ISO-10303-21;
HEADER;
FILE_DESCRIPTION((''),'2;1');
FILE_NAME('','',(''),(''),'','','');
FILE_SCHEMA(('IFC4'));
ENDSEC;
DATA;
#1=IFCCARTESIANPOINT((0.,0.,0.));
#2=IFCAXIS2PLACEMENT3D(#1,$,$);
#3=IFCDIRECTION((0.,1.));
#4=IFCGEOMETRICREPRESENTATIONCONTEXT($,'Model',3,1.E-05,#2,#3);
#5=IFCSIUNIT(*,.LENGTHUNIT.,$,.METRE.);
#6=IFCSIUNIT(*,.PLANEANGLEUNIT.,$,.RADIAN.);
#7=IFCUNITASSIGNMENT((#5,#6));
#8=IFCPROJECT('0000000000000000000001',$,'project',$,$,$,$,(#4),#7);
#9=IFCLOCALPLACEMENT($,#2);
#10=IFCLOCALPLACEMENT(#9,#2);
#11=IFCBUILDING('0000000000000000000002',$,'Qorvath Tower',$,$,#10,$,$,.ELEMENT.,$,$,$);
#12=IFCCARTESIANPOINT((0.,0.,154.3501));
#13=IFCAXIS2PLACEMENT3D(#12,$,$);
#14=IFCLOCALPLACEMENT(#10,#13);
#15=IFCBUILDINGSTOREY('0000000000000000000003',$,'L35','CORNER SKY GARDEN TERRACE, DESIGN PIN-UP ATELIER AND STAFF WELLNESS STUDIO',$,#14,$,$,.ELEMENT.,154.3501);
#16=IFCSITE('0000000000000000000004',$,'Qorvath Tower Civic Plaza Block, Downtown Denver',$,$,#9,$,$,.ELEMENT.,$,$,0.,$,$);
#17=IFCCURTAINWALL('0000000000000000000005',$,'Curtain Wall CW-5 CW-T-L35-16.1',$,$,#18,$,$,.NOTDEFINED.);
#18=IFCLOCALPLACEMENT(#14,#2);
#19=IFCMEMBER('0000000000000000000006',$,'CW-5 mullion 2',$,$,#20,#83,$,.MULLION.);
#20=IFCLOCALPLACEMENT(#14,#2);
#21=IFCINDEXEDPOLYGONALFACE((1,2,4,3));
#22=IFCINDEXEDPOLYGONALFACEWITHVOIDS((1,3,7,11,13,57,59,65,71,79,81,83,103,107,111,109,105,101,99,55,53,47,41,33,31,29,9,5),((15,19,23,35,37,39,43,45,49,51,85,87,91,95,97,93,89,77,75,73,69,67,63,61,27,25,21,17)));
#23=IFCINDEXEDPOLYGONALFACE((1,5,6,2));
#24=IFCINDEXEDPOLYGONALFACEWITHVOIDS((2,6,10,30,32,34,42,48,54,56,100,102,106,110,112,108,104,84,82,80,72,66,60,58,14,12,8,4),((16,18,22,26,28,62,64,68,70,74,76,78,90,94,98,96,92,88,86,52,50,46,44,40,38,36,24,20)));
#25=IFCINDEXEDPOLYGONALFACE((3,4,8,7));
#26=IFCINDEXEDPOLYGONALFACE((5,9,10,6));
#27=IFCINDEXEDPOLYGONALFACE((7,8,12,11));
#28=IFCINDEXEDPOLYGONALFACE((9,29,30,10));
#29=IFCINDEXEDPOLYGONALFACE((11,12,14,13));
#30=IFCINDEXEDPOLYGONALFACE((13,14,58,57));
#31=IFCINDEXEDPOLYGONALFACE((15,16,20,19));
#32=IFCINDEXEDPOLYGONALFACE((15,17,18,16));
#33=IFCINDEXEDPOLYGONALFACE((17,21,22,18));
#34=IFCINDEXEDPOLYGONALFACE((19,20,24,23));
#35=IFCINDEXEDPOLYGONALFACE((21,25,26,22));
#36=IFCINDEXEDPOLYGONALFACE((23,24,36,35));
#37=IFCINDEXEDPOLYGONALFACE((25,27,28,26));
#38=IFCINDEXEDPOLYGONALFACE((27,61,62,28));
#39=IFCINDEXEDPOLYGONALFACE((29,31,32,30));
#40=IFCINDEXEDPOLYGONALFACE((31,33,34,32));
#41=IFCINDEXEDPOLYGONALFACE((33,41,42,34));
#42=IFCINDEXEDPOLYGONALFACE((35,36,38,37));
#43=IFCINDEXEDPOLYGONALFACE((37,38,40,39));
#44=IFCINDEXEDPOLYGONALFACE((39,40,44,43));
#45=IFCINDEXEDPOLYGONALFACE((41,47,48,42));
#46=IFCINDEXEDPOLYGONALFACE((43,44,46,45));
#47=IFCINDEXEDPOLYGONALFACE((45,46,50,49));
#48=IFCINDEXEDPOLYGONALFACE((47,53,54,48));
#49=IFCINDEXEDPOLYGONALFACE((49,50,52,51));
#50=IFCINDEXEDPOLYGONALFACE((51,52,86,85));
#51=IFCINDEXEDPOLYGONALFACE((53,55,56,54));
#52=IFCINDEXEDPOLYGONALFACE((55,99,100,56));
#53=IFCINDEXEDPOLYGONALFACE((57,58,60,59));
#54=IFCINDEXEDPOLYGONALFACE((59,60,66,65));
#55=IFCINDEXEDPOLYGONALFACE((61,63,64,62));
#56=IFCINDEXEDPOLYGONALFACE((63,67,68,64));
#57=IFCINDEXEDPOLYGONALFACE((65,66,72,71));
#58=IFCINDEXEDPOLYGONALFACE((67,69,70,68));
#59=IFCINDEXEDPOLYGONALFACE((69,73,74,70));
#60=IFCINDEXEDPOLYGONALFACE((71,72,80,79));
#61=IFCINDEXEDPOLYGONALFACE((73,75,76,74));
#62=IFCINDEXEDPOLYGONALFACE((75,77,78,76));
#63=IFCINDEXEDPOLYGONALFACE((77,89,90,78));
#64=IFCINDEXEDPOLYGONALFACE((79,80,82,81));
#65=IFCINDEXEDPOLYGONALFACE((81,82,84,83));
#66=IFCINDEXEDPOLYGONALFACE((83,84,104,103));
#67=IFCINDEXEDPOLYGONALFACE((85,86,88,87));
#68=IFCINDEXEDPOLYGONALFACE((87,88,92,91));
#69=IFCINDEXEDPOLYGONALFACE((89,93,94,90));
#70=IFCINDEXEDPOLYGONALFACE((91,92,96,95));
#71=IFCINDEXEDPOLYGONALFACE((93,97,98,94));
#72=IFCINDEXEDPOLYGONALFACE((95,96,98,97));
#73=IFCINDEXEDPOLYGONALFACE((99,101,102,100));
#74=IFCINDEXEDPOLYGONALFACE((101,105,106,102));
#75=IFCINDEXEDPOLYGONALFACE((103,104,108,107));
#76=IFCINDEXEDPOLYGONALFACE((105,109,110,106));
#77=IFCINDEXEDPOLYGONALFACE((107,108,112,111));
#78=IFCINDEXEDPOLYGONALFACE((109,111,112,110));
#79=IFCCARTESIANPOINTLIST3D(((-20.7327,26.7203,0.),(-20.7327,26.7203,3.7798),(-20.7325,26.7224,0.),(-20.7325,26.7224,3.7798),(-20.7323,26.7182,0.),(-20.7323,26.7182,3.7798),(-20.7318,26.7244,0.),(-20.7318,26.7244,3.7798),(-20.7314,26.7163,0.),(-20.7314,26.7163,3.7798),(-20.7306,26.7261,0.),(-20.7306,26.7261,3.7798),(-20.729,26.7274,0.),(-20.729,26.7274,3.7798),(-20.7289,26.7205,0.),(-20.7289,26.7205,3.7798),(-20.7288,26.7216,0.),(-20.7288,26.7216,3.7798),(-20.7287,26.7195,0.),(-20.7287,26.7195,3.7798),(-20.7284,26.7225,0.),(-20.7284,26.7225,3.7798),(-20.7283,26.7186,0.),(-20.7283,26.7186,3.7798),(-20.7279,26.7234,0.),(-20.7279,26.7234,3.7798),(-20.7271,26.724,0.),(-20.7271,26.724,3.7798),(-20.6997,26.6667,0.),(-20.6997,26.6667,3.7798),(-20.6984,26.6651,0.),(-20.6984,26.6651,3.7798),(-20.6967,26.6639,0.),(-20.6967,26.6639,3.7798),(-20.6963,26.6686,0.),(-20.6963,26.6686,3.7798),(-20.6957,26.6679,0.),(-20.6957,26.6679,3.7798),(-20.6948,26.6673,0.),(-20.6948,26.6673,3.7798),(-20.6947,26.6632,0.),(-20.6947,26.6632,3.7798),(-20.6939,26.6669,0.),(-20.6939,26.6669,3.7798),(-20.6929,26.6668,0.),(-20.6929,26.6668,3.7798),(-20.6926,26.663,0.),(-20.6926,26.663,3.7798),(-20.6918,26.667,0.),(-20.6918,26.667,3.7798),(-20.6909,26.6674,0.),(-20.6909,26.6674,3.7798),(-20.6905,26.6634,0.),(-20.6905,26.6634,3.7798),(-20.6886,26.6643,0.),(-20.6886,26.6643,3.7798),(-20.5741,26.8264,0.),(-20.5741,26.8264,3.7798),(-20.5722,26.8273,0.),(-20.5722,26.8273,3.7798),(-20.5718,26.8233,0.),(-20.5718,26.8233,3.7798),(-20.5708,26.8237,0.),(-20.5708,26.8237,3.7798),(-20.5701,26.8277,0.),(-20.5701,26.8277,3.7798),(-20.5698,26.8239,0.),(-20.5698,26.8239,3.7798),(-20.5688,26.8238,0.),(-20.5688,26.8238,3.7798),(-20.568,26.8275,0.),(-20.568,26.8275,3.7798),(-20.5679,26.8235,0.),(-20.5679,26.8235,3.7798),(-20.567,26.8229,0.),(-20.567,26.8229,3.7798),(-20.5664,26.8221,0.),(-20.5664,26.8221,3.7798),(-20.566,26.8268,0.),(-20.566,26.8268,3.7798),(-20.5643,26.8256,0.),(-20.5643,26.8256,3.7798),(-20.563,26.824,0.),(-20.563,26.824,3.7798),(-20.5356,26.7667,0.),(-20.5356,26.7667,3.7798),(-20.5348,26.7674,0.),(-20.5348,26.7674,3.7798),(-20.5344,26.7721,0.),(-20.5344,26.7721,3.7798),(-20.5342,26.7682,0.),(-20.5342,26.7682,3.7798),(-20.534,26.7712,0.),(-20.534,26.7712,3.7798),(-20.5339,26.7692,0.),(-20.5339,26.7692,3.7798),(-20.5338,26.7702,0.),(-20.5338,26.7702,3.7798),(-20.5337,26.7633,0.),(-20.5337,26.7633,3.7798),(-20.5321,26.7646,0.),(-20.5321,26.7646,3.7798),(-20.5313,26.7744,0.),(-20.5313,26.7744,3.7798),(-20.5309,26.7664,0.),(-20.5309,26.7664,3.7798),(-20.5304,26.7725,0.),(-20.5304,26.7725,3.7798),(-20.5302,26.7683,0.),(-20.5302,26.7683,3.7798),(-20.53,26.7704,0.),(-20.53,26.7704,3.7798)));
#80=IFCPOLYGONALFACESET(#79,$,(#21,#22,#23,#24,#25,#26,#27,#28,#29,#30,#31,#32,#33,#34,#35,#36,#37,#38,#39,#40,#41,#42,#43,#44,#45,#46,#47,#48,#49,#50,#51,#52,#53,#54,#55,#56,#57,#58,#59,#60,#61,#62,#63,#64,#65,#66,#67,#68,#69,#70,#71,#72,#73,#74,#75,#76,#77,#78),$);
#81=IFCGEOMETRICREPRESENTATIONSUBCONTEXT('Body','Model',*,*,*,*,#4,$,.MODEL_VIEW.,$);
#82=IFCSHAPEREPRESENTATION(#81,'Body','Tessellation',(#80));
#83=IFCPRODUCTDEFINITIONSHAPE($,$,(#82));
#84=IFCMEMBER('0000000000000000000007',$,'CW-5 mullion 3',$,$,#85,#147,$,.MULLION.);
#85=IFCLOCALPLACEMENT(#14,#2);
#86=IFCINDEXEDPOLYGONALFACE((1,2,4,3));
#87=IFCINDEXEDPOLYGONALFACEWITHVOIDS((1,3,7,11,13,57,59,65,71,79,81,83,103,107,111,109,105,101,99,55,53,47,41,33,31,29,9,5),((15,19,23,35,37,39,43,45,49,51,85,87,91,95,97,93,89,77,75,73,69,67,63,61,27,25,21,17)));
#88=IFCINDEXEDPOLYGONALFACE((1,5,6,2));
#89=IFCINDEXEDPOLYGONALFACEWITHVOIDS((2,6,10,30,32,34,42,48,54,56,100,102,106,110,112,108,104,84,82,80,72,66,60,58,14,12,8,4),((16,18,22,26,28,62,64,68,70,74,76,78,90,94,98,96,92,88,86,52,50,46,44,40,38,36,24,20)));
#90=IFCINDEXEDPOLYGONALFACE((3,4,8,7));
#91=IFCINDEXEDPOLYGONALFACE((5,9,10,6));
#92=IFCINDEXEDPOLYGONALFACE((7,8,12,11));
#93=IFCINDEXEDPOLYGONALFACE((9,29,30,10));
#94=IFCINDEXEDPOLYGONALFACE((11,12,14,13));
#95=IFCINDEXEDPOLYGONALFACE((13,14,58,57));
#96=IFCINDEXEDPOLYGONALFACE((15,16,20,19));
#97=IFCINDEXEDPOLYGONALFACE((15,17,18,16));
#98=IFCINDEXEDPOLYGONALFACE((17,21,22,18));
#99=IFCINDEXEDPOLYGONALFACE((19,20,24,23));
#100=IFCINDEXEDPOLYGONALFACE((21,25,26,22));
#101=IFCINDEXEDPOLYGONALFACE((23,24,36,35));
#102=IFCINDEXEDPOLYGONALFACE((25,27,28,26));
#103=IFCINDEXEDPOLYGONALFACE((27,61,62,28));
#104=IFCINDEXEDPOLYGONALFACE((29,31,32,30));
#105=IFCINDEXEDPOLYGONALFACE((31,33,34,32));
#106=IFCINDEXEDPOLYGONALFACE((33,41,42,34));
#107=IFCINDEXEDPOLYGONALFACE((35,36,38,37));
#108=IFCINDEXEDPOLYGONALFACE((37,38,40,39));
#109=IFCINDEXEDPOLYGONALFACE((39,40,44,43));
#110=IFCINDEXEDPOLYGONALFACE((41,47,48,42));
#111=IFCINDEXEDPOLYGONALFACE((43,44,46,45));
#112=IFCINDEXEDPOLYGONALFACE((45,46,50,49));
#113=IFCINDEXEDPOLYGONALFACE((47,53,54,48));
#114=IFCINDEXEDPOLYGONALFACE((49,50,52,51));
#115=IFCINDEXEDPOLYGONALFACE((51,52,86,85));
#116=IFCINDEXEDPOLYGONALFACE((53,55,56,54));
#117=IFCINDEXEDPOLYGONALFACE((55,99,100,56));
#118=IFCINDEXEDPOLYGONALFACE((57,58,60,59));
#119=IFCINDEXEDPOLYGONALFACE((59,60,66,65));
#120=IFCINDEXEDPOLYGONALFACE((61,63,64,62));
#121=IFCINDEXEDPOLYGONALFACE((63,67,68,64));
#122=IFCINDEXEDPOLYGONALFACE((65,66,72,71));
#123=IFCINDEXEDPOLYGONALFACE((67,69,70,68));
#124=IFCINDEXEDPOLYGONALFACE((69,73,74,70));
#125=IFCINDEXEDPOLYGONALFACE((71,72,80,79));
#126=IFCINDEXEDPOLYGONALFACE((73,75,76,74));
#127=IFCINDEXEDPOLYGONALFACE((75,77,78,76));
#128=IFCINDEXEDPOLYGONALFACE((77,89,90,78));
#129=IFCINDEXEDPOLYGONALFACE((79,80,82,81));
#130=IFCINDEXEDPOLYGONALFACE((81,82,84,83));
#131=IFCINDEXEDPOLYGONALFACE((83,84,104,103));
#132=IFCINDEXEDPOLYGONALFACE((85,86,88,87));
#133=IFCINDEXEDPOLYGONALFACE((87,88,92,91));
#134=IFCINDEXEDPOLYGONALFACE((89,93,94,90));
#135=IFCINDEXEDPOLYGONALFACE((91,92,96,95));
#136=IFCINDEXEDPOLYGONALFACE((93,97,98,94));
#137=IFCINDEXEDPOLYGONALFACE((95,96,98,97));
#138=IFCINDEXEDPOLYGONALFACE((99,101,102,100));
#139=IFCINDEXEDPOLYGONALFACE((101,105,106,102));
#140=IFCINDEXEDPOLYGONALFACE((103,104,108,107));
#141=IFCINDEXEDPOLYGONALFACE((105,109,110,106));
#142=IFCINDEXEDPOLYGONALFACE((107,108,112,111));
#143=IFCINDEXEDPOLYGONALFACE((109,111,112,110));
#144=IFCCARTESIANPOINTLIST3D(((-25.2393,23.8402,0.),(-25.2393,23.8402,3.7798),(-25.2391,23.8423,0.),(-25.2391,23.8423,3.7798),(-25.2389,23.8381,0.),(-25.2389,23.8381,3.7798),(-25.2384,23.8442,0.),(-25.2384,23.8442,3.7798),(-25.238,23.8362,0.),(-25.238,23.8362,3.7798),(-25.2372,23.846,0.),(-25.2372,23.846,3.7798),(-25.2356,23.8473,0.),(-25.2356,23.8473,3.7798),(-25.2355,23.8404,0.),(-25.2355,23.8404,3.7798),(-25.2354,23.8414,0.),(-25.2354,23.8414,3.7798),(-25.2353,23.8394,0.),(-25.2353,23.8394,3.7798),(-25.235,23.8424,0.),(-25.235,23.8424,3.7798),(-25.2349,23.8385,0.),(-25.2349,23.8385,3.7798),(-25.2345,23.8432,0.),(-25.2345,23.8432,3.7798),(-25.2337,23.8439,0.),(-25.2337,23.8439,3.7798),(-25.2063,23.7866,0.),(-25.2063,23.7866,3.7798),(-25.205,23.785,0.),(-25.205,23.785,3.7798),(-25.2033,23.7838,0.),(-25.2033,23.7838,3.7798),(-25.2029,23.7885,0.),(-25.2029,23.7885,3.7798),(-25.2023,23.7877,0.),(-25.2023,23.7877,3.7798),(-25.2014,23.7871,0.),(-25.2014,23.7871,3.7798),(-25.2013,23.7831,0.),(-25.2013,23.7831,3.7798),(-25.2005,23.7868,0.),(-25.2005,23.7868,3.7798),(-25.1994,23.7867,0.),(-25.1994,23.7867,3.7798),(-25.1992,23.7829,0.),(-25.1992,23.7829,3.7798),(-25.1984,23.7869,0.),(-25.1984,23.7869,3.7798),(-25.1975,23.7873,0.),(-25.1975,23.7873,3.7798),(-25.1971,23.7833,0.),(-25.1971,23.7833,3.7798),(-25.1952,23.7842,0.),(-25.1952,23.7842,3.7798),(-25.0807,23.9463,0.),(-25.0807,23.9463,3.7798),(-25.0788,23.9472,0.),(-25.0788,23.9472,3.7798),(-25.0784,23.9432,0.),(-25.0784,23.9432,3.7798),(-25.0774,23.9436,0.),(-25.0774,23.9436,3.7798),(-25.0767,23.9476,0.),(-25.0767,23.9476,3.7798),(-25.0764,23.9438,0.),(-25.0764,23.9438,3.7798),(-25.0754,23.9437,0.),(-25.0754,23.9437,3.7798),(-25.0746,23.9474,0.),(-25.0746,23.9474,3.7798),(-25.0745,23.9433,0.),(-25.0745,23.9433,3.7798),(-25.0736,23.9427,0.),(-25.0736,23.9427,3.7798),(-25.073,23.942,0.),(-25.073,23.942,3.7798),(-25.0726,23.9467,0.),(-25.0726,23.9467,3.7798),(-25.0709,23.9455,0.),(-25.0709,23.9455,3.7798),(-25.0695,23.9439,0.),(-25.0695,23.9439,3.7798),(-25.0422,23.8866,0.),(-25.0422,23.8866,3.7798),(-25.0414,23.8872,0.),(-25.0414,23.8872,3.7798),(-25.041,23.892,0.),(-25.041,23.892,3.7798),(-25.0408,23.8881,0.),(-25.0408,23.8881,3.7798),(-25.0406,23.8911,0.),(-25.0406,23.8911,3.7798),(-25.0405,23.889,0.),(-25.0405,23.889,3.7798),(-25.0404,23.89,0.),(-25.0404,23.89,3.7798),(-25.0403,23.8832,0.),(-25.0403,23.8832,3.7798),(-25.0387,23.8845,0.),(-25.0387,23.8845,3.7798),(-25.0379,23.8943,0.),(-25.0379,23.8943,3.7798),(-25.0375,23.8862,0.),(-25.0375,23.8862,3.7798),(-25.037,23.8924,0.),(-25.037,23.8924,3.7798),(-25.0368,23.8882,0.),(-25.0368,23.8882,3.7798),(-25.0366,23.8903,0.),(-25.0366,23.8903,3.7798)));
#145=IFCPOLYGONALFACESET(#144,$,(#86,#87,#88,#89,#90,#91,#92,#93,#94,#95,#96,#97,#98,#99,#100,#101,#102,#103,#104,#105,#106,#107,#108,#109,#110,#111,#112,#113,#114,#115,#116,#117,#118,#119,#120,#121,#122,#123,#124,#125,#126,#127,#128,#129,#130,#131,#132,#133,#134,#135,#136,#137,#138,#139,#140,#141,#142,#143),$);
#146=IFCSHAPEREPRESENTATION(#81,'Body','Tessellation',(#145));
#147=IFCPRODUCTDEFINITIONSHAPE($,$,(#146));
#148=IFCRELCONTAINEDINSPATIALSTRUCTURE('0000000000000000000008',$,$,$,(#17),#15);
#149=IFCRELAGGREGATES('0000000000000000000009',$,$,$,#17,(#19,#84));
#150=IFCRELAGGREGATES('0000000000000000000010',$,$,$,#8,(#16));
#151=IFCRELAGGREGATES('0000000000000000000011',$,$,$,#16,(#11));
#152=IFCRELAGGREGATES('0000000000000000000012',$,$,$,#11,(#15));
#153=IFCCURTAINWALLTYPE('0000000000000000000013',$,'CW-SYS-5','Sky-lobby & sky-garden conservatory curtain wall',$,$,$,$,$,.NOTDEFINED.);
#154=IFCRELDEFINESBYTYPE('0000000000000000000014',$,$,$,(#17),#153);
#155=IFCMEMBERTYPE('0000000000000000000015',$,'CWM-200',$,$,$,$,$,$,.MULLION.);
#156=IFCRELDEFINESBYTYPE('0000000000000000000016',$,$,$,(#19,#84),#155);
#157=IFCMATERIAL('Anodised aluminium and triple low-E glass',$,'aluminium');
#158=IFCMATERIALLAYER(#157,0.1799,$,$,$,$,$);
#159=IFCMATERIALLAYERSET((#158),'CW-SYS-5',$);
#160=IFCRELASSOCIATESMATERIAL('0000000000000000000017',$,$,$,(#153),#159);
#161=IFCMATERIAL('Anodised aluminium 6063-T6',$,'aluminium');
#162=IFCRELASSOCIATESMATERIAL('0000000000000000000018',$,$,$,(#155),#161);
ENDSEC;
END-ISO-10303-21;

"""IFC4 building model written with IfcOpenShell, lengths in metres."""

from ifc_helpers import new_model, si_unit, direction, frame, origin, origin_2d, place, context, subcontext, project, spatial, hollow_rectangle, extrude, material, layer, layer_set, material_profile, profile_set, type_object, element, aggregate, save


model = new_model("IFC4")

# Units and contexts
model_context = context("Model", 3, precision=1e-05, world=origin(), true_north=direction((0.0, 1.0)))
body_context = subcontext(model_context, "Body", "Model", "MODEL_VIEW")
ifc_project = project(units=[si_unit("LENGTHUNIT", "METRE"), si_unit("PLANEANGLEUNIT", "RADIAN")], contexts=[model_context])

# Site, building, storey
site_placement = place(None, origin())
site = spatial("IfcSite", under=ifc_project, at=site_placement, Name="Qorvath Tower Civic Plaza Block, Downtown Denver", CompositionType="ELEMENT", RefElevation=0.0)
building_placement = place(site_placement, origin())
building = spatial("IfcBuilding", under=site, at=building_placement, Name="Qorvath Tower", CompositionType="ELEMENT")
storey_placement = place(building_placement, frame((0.0, 0.0, 154.3501)))
storey = spatial("IfcBuildingStorey", under=building, at=storey_placement, Name="L35", Description="CORNER SKY GARDEN TERRACE, DESIGN PIN-UP ATELIER AND STAFF WELLNESS STUDIO", CompositionType="ELEMENT", Elevation=154.3501)

# Curtain wall, members
ifc_material_1 = material(Name="Anodised aluminium and triple low-E glass", Category="aluminium")
ifc_layer_1 = layer(ifc_material_1, 0.1799)
ifc_layer_set_1 = layer_set([ifc_layer_1], Name="CW-SYS-5")
curtain_wall_type = type_object("IfcCurtainWallType", Name="CW-SYS-5", Description="Sky-lobby & sky-garden conservatory curtain wall", PredefinedType="NOTDEFINED", material=ifc_layer_set_1)
curtain_wall_placement = place(storey_placement, origin())
curtain_wall = element("IfcCurtainWall", 1, at=curtain_wall_placement, inside=storey, type_object=curtain_wall_type, Name="Curtain Wall CW-5 CW-T-L35-16.1", PredefinedType="NOTDEFINED")
ifc_material_2 = material(Name="Anodised aluminium 6063-T6", Category="aluminium")
ifc_material_profile_1 = material_profile(ifc_material_2, hollow_rectangle(XDim=0.075, YDim=0.2, WallThickness=0.0039, InnerFilletRadius=0.0039, OuterFilletRadius=0.0081, at=origin_2d()), Name="CWM 200x75")
ifc_profile_set_1 = profile_set([ifc_material_profile_1], Name="Anodised aluminium 6063-T6")
member_type_1 = type_object("IfcMemberType", Name="CWM-200", PredefinedType="MULLION", material=ifc_profile_set_1)
member_1_placement = place(storey_placement, frame((-20.6313, 26.7454, 0.0), z_axis=(0.0, 0.0, 1.0), x_axis=(0.538535, -0.842603, 0.0)))
member_1 = element("IfcMember", 2, at=member_1_placement, type_object=member_type_1, Name="CW-5 mullion 2", PredefinedType="MULLION", context=body_context, shape_type="SweptSolid", body=[
    extrude(hollow_rectangle(XDim=0.075, YDim=0.2, WallThickness=0.0039, InnerFilletRadius=0.0039, OuterFilletRadius=0.0081, at=origin_2d()), origin(), (0.0, 0.0, 1.0), 3.7798),
])
member_2_placement = place(storey_placement, frame((-25.1379, 23.8652, 0.0), z_axis=(0.0, 0.0, 1.0), x_axis=(0.538535, -0.842603, 0.0)))
member_2 = element("IfcMember", 3, at=member_2_placement, type_object=member_type_1, Name="CW-5 mullion 3", PredefinedType="MULLION", context=body_context, shape_type="SweptSolid", body=[
    extrude(hollow_rectangle(XDim=0.075, YDim=0.2, WallThickness=0.0039, InnerFilletRadius=0.0039, OuterFilletRadius=0.0081, at=origin_2d()), origin(), (0.0, 0.0, 1.0), 3.7798),
])
aggregate(curtain_wall, [member_1, member_2])

save(model, "model.ifc")
